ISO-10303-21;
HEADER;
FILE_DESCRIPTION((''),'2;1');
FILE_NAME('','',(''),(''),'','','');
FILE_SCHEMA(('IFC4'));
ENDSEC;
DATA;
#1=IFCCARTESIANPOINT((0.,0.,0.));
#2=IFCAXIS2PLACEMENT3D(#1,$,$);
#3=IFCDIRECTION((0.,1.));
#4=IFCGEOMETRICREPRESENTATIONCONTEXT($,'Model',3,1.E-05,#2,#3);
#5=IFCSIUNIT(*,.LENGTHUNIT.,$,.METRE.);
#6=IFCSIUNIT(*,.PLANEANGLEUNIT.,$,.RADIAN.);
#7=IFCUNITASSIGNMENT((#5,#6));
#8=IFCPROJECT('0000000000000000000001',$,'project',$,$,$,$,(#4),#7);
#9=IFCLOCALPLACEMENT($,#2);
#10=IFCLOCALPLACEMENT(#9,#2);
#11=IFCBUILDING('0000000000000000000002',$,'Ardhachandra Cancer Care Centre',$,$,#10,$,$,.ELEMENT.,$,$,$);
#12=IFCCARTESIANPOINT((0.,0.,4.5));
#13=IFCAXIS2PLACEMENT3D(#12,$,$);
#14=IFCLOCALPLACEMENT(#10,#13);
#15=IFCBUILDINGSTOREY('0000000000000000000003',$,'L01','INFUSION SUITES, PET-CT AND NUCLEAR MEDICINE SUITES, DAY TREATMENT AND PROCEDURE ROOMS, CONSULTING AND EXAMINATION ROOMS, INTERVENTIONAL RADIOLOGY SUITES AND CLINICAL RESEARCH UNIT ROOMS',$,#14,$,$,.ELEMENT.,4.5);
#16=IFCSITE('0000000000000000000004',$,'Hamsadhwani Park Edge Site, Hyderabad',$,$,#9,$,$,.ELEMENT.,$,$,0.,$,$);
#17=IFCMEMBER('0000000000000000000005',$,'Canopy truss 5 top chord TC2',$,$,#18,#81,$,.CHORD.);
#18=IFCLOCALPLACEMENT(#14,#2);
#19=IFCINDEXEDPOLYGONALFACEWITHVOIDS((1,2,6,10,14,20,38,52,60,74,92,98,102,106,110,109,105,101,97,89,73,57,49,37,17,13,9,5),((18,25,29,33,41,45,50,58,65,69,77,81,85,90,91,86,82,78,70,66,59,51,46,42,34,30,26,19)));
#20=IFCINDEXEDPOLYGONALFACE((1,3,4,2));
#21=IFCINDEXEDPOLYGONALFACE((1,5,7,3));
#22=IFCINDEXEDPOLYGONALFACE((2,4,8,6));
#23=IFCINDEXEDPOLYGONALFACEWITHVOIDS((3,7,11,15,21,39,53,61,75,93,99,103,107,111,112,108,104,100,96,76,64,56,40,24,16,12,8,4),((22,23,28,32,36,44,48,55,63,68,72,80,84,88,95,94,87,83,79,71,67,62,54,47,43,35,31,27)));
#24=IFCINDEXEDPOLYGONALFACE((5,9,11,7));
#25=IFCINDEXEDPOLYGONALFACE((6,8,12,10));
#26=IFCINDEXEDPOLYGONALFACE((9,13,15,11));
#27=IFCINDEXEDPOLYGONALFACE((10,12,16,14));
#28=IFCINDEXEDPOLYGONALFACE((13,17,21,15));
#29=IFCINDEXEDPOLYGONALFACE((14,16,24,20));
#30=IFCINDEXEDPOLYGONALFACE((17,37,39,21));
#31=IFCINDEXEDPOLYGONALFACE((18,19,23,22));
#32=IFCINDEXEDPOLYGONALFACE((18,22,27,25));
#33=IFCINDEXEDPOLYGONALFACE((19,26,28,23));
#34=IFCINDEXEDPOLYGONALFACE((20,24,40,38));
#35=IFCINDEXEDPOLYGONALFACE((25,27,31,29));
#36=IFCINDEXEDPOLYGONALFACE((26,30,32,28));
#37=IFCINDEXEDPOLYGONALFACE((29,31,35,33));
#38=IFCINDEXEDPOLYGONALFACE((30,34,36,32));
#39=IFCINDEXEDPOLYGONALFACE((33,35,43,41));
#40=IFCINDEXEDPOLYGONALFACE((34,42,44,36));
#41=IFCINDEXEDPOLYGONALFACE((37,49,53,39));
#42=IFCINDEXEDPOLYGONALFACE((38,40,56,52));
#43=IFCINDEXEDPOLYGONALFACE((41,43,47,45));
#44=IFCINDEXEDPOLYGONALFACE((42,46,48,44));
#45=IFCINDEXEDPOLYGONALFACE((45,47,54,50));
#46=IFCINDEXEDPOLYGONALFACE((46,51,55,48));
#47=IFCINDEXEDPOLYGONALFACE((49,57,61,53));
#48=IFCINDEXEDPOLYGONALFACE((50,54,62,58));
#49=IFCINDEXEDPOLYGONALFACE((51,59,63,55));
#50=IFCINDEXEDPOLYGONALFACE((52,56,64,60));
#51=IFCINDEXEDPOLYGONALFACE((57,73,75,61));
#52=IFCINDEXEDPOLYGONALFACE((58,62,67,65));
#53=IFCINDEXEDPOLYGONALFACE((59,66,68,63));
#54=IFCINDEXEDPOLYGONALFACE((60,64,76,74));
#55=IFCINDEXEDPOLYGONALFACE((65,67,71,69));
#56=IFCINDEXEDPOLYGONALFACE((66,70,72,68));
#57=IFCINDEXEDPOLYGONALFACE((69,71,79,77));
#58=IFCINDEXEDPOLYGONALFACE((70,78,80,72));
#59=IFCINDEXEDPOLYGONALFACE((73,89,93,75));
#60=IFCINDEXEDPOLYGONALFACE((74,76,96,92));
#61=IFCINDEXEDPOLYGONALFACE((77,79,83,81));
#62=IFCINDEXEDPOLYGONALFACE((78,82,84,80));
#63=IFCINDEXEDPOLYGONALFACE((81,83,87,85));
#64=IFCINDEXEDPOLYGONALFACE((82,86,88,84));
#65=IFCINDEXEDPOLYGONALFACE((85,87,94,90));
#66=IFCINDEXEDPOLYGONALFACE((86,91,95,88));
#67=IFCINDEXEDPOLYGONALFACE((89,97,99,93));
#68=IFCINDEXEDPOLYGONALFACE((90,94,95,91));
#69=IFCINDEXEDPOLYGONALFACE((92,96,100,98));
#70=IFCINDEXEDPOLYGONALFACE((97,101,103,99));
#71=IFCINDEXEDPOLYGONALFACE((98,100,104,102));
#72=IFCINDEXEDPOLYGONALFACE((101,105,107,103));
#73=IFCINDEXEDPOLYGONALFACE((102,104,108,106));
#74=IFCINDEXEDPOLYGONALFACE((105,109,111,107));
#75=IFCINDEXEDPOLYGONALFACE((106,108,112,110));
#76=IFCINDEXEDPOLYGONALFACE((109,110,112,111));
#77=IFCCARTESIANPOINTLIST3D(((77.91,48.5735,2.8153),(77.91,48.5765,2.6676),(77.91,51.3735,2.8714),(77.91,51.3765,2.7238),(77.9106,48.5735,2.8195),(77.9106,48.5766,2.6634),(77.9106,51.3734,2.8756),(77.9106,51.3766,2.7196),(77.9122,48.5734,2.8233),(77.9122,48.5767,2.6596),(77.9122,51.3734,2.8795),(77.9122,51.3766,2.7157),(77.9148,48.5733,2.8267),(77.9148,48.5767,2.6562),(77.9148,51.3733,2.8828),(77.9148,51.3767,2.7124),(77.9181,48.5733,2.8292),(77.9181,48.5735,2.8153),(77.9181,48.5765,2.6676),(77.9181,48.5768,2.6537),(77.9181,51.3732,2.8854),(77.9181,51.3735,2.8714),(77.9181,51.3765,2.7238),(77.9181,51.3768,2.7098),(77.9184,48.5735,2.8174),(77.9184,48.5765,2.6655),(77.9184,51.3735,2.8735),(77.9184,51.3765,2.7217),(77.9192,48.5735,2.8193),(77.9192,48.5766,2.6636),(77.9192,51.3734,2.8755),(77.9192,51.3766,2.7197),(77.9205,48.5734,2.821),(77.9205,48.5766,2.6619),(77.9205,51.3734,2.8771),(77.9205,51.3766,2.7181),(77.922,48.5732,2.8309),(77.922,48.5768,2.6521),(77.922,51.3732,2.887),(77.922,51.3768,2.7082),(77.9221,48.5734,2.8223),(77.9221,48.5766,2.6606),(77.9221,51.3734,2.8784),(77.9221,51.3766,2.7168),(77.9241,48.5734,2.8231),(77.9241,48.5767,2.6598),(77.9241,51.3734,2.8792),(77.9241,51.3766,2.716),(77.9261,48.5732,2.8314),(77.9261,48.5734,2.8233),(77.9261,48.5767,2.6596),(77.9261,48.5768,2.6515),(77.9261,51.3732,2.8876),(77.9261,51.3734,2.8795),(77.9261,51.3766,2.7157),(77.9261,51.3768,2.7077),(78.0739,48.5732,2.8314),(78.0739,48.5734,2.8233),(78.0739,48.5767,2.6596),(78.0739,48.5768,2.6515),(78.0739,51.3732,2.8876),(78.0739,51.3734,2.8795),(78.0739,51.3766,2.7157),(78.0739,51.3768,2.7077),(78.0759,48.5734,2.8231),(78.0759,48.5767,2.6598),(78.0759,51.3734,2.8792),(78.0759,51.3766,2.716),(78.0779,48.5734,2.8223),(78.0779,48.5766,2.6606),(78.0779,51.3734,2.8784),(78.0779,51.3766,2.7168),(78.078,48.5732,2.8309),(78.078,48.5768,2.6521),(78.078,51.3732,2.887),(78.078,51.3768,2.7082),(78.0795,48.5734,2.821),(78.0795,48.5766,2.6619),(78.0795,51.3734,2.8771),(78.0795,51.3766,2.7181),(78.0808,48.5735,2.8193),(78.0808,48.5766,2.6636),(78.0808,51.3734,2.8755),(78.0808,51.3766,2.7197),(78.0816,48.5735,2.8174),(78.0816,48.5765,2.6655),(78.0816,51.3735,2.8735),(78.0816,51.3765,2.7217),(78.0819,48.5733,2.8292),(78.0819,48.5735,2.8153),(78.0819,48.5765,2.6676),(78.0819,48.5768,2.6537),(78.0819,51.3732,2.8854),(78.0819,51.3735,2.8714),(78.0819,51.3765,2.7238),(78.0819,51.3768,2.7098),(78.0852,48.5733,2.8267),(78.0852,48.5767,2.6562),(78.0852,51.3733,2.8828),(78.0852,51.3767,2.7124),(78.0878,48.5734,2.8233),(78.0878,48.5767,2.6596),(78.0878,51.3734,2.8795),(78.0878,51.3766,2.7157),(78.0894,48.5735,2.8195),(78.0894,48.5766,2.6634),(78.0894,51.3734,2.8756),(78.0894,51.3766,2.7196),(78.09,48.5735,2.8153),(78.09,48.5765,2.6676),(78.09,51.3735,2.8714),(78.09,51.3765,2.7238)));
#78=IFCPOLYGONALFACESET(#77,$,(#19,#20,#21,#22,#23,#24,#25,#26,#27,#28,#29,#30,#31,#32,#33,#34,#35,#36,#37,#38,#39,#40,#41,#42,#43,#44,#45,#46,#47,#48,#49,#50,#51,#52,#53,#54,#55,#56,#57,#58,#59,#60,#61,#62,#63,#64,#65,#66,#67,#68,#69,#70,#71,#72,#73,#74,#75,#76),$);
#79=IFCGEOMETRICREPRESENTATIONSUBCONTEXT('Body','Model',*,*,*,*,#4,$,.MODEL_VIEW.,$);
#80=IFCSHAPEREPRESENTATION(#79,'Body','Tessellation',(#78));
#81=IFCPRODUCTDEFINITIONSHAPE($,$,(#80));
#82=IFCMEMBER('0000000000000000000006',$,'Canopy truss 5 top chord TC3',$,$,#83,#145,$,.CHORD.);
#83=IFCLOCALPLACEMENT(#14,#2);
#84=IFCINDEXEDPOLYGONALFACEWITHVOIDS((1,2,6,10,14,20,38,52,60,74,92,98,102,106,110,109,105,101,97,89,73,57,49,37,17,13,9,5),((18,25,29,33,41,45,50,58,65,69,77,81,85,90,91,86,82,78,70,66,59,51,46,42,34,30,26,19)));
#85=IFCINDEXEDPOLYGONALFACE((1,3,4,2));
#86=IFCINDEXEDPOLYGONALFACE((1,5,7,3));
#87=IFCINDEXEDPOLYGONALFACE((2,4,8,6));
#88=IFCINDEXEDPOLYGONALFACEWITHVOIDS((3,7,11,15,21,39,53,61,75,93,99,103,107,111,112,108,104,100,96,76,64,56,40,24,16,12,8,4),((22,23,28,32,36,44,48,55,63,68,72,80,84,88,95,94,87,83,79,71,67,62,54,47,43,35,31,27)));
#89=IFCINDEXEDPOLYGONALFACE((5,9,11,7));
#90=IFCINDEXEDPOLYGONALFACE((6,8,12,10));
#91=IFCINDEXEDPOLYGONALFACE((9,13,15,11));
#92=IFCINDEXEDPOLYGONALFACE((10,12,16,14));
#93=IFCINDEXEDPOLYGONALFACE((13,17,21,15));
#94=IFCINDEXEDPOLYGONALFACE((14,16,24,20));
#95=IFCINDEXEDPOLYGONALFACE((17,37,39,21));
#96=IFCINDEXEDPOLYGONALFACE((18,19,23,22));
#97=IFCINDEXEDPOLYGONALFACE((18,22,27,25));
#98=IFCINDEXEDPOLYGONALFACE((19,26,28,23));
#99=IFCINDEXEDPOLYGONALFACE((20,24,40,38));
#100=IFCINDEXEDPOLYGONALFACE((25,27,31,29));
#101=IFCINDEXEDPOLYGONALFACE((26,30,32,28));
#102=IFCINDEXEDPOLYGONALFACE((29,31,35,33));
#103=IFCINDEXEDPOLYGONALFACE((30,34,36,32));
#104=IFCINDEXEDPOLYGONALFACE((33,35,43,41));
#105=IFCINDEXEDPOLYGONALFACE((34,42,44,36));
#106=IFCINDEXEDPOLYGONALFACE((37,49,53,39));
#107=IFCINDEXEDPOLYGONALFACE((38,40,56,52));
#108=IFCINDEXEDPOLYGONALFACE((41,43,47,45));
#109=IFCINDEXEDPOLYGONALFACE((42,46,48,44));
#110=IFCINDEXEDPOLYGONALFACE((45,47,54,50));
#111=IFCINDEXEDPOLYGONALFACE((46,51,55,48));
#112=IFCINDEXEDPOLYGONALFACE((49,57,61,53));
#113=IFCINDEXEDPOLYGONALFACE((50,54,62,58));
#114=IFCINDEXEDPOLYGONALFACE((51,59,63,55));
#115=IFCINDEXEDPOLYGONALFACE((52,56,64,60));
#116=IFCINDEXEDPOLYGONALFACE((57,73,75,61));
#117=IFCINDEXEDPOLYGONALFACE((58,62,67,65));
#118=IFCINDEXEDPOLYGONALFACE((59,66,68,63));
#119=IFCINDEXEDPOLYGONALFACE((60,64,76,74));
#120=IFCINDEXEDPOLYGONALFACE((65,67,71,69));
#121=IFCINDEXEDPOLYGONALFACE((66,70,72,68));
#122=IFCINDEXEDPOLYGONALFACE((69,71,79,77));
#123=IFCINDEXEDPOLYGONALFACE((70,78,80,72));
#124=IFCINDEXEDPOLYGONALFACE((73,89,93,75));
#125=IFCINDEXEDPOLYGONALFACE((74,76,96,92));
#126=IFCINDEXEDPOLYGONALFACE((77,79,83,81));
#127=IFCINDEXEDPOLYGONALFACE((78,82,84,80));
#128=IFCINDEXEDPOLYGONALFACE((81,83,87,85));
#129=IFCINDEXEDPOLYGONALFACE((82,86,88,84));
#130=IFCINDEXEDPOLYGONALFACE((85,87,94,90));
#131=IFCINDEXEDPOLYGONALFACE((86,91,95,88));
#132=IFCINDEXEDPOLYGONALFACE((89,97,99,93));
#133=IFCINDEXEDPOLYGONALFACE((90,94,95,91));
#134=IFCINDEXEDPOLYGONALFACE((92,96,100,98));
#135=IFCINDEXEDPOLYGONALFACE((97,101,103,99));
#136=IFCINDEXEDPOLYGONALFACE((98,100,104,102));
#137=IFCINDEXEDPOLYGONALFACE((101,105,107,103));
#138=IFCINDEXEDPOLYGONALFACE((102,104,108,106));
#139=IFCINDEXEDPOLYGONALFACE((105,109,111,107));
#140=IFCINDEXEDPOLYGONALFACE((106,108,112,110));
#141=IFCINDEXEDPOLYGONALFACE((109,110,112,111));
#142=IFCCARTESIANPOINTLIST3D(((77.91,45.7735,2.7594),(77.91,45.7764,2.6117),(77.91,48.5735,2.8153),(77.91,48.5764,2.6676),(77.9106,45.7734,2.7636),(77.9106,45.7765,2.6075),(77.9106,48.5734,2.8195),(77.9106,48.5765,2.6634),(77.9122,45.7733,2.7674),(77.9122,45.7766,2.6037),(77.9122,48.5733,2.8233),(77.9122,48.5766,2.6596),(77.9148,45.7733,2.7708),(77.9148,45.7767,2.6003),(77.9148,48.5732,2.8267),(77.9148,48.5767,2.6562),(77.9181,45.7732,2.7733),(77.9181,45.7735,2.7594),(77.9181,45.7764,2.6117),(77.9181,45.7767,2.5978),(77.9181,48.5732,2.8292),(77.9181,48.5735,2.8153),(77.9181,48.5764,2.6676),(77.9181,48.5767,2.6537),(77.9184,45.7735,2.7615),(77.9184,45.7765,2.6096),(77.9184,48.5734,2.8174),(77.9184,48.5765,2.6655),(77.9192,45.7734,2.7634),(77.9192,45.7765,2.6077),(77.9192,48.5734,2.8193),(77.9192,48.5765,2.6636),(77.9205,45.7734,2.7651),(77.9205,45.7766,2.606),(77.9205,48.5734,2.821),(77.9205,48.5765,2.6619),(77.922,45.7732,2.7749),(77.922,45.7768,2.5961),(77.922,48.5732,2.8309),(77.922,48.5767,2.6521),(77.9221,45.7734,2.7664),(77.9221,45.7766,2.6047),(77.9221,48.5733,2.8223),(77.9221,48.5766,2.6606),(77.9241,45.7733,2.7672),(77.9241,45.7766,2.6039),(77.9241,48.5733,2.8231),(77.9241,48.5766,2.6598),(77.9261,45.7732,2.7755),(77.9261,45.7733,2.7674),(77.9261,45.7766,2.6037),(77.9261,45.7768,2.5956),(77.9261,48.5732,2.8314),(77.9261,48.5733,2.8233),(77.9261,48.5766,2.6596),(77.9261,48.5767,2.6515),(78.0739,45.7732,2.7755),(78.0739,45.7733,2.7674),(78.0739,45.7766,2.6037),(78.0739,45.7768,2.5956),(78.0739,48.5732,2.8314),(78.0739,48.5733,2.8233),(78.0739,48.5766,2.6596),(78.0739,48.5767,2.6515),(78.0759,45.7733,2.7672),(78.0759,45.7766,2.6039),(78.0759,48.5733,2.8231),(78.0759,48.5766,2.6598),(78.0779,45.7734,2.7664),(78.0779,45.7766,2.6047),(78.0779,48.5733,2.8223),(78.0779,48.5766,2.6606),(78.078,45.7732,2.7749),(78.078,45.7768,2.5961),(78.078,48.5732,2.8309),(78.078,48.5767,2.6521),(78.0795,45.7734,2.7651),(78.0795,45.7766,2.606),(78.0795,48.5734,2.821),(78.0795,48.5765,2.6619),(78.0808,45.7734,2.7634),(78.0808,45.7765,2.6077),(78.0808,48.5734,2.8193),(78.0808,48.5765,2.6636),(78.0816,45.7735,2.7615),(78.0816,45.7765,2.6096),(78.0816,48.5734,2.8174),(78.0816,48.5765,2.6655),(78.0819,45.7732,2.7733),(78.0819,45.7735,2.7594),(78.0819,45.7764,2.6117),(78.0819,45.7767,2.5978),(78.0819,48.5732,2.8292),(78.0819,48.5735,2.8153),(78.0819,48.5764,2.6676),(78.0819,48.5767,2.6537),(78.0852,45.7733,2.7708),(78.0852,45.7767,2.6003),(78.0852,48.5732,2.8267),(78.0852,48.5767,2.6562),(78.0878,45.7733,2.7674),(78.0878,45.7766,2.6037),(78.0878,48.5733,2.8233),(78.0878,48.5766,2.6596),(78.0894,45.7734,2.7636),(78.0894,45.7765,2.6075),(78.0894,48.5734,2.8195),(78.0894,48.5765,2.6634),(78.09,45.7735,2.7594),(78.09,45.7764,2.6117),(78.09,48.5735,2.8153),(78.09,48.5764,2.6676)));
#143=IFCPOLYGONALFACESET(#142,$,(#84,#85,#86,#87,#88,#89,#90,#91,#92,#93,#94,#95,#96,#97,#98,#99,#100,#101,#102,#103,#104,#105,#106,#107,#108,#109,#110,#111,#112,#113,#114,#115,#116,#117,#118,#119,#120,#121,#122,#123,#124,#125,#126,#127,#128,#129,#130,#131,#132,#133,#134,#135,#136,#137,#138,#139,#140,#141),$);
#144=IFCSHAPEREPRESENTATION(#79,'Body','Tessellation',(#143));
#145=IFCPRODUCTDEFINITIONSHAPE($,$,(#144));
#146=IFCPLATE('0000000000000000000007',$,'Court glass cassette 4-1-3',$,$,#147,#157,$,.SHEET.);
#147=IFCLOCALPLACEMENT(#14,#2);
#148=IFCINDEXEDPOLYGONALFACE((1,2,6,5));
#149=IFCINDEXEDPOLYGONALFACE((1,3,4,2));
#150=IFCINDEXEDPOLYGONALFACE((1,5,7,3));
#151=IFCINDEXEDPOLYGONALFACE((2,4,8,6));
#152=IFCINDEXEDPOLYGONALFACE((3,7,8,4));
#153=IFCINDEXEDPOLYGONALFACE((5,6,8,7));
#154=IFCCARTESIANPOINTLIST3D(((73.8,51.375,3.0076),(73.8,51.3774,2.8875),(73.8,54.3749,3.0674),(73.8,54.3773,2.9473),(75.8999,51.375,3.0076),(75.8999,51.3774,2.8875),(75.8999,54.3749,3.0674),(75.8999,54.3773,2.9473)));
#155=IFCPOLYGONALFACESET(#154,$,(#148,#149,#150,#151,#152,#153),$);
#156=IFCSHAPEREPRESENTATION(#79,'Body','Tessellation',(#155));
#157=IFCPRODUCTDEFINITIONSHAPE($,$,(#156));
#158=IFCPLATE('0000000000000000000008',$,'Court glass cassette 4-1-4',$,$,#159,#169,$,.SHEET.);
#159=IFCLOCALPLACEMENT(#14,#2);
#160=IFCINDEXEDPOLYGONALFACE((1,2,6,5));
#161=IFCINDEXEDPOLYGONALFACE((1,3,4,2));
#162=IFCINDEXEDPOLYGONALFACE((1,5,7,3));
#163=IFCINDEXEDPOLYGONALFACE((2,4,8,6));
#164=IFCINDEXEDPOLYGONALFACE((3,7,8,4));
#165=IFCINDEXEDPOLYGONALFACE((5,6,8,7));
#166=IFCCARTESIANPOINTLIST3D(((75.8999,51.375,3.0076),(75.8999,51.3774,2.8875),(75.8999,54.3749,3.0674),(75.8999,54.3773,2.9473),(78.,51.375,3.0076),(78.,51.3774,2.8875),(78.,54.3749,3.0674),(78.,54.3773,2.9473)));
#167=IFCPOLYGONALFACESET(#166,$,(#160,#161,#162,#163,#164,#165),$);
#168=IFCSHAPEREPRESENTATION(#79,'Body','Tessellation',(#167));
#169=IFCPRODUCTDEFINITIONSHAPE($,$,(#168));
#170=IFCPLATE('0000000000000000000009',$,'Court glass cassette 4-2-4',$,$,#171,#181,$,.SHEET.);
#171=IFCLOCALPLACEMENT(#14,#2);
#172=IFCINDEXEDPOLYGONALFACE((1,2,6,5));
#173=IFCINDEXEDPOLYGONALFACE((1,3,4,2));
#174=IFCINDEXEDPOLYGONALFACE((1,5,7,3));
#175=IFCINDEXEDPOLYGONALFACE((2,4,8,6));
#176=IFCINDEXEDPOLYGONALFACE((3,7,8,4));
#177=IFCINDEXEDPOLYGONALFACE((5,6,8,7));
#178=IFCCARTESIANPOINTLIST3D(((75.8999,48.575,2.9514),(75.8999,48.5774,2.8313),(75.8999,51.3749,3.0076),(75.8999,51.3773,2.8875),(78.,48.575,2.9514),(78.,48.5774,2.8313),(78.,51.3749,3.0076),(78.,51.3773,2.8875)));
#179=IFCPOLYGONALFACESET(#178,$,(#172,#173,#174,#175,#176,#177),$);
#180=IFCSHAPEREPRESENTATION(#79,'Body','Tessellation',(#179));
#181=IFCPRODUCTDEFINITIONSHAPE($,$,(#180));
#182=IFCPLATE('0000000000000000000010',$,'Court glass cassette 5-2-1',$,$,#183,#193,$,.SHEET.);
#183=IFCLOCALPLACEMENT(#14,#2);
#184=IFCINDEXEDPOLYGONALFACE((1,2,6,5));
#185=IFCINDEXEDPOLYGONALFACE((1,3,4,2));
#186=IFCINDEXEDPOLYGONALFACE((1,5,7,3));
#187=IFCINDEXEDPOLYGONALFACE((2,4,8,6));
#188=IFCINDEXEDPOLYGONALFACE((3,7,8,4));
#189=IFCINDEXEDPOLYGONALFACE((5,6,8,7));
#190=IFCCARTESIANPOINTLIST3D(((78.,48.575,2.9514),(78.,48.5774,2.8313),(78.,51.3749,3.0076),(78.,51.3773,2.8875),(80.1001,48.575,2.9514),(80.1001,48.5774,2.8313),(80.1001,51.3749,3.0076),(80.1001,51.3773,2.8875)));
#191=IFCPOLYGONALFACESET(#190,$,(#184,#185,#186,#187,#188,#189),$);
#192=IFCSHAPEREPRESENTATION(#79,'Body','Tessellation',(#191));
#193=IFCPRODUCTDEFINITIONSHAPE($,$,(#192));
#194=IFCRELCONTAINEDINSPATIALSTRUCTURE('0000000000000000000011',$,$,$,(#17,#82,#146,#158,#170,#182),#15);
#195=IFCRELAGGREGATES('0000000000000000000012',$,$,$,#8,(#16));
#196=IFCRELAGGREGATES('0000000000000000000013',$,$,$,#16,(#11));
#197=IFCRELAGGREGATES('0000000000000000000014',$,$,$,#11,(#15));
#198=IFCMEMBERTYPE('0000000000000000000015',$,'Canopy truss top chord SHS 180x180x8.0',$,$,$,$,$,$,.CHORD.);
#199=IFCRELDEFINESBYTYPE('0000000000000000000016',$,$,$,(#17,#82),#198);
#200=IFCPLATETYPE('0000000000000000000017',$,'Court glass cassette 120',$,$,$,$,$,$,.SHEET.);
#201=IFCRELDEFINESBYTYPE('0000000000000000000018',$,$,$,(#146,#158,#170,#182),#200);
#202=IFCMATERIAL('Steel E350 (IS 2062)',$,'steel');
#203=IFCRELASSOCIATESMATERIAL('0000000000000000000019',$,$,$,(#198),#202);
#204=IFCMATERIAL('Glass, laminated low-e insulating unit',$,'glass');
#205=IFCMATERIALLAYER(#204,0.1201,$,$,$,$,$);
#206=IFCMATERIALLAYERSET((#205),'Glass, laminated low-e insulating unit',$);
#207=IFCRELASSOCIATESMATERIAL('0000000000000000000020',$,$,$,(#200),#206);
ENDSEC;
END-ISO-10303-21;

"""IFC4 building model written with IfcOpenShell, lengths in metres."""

from ifc_helpers import new_model, si_unit, direction, frame, origin, origin_2d, place, context, subcontext, project, spatial, polyline, hollow_rectangle, outline, extrude, material, layer, layer_set, material_profile, profile_set, type_object, element, save


model = new_model("IFC4")

# Units and contexts
model_context = context("Model", 3, precision=1e-05, world=origin(), true_north=direction((0.0, 1.0)))
body_context = subcontext(model_context, "Body", "Model", "MODEL_VIEW")
ifc_project = project(units=[si_unit("LENGTHUNIT", "METRE"), si_unit("PLANEANGLEUNIT", "RADIAN")], contexts=[model_context])

# Site, building, storey
site_placement = place(None, origin())
site = spatial("IfcSite", under=ifc_project, at=site_placement, Name="Hamsadhwani Park Edge Site, Hyderabad", CompositionType="ELEMENT", RefElevation=0.0)
building_placement = place(site_placement, origin())
building = spatial("IfcBuilding", under=site, at=building_placement, Name="Ardhachandra Cancer Care Centre", CompositionType="ELEMENT")
storey_placement = place(building_placement, frame((0.0, 0.0, 4.5)))
storey = spatial("IfcBuildingStorey", under=building, at=storey_placement, Name="L01", Description="INFUSION SUITES, PET-CT AND NUCLEAR MEDICINE SUITES, DAY TREATMENT AND PROCEDURE ROOMS, CONSULTING AND EXAMINATION ROOMS, INTERVENTIONAL RADIOLOGY SUITES AND CLINICAL RESEARCH UNIT ROOMS", CompositionType="ELEMENT", Elevation=4.5)

# Members
ifc_material_1 = material(Name="Steel E350 (IS 2062)", Category="steel")
ifc_material_profile_1 = material_profile(ifc_material_1, hollow_rectangle(XDim=0.1799, YDim=0.1799, WallThickness=0.0081, InnerFilletRadius=0.0081, OuterFilletRadius=0.0161, at=origin_2d()), Name="SHS 180x180x8.0")
ifc_profile_set_1 = profile_set([ifc_material_profile_1], Name="Steel E350 (IS 2062)")
member_type_1 = type_object("IfcMemberType", Name="Canopy truss top chord SHS 180x180x8.0", PredefinedType="CHORD", material=ifc_profile_set_1)
for number, where, z_axis, x_axis, name in (
    (1, (78.0, 51.375, 2.7976), (0.0, -0.999799, -0.02005), (1.0, 0.0, 0.0), "Canopy truss 5 top chord TC2"),
    (2, (78.0, 48.575, 2.7415), (0.0, -0.999801, -0.019963), (1.0, 0.0, 0.0), "Canopy truss 5 top chord TC3"),
):
    element("IfcMember", number, at=place(storey_placement, frame(where, z_axis=z_axis, x_axis=x_axis)), inside=storey, type_object=member_type_1, Name=name, PredefinedType="CHORD", context=body_context, shape_type="SweptSolid", body=[
        extrude(hollow_rectangle(XDim=0.1799, YDim=0.1799, WallThickness=0.0081, InnerFilletRadius=0.0081, OuterFilletRadius=0.0161, at=origin_2d()), origin(), (0.0, 0.0, 1.0), 2.8005),
    ])

# Plates
ifc_material_2 = material(Name="Glass, laminated low-e insulating unit", Category="glass")
ifc_layer = layer(ifc_material_2, 0.1201)
ifc_layer_set = layer_set([ifc_layer], Name="Glass, laminated low-e insulating unit")
plate_type = type_object("IfcPlateType", Name="Court glass cassette 120", PredefinedType="SHEET", material=ifc_layer_set)
plate_1_placement = place(storey_placement, frame((75.8999, 51.375, 3.0076), z_axis=(0.0, -0.019934, 0.999801), x_axis=(-1.0, 0.0, 0.0)))
element("IfcPlate", 3, at=plate_1_placement, inside=storey, type_object=plate_type, Name="Court glass cassette 4-1-3", PredefinedType="SHEET", context=body_context, shape_type="SweptSolid", body=[
    extrude(outline(polyline([(0.0, -3.0005), (2.0999, -3.0005), (2.0999, 0.0), (0.0, 0.0), (0.0, -3.0005)])), frame((0.0, 0.0, -0.1201)), (0.0, 0.0, 1.0), 0.1201),
])
plate_2_placement = place(storey_placement, frame((78.0, 51.375, 3.0076), z_axis=(0.0, -0.019934, 0.999801), x_axis=(-1.0, 0.0, 0.0)))
element("IfcPlate", 4, at=plate_2_placement, inside=storey, type_object=plate_type, Name="Court glass cassette 4-1-4", PredefinedType="SHEET", context=body_context, shape_type="SweptSolid", body=[
    extrude(outline(polyline([(0.0, -3.0005), (2.1001, -3.0005), (2.1001, 0.0), (0.0, 0.0), (0.0, -3.0005)])), frame((0.0, 0.0, -0.1201)), (0.0, 0.0, 1.0), 0.1201),
])
for number, where, z_axis, x_axis, name in (
    (5, (75.8999, 48.575, 2.9514), (0.0, -0.02005, 0.999799), (0.0, 0.999799, 0.02005), "Court glass cassette 4-2-4"),
    (6, (78.0, 48.575, 2.9514), (0.0, -0.02005, 0.999799), (0.0, 0.999799, 0.02005), "Court glass cassette 5-2-1"),
):
    element("IfcPlate", number, at=place(storey_placement, frame(where, z_axis=z_axis, x_axis=x_axis)), inside=storey, type_object=plate_type, Name=name, PredefinedType="SHEET", context=body_context, shape_type="SweptSolid", body=[
        extrude(outline(polyline([(0.0, -2.1001), (2.8005, -2.1001), (2.8005, 0.0), (0.0, 0.0), (0.0, -2.1001)])), frame((0.0, 0.0, -0.1201)), (0.0, 0.0, 1.0), 0.1201),
    ])

save(model, "model.ifc")
